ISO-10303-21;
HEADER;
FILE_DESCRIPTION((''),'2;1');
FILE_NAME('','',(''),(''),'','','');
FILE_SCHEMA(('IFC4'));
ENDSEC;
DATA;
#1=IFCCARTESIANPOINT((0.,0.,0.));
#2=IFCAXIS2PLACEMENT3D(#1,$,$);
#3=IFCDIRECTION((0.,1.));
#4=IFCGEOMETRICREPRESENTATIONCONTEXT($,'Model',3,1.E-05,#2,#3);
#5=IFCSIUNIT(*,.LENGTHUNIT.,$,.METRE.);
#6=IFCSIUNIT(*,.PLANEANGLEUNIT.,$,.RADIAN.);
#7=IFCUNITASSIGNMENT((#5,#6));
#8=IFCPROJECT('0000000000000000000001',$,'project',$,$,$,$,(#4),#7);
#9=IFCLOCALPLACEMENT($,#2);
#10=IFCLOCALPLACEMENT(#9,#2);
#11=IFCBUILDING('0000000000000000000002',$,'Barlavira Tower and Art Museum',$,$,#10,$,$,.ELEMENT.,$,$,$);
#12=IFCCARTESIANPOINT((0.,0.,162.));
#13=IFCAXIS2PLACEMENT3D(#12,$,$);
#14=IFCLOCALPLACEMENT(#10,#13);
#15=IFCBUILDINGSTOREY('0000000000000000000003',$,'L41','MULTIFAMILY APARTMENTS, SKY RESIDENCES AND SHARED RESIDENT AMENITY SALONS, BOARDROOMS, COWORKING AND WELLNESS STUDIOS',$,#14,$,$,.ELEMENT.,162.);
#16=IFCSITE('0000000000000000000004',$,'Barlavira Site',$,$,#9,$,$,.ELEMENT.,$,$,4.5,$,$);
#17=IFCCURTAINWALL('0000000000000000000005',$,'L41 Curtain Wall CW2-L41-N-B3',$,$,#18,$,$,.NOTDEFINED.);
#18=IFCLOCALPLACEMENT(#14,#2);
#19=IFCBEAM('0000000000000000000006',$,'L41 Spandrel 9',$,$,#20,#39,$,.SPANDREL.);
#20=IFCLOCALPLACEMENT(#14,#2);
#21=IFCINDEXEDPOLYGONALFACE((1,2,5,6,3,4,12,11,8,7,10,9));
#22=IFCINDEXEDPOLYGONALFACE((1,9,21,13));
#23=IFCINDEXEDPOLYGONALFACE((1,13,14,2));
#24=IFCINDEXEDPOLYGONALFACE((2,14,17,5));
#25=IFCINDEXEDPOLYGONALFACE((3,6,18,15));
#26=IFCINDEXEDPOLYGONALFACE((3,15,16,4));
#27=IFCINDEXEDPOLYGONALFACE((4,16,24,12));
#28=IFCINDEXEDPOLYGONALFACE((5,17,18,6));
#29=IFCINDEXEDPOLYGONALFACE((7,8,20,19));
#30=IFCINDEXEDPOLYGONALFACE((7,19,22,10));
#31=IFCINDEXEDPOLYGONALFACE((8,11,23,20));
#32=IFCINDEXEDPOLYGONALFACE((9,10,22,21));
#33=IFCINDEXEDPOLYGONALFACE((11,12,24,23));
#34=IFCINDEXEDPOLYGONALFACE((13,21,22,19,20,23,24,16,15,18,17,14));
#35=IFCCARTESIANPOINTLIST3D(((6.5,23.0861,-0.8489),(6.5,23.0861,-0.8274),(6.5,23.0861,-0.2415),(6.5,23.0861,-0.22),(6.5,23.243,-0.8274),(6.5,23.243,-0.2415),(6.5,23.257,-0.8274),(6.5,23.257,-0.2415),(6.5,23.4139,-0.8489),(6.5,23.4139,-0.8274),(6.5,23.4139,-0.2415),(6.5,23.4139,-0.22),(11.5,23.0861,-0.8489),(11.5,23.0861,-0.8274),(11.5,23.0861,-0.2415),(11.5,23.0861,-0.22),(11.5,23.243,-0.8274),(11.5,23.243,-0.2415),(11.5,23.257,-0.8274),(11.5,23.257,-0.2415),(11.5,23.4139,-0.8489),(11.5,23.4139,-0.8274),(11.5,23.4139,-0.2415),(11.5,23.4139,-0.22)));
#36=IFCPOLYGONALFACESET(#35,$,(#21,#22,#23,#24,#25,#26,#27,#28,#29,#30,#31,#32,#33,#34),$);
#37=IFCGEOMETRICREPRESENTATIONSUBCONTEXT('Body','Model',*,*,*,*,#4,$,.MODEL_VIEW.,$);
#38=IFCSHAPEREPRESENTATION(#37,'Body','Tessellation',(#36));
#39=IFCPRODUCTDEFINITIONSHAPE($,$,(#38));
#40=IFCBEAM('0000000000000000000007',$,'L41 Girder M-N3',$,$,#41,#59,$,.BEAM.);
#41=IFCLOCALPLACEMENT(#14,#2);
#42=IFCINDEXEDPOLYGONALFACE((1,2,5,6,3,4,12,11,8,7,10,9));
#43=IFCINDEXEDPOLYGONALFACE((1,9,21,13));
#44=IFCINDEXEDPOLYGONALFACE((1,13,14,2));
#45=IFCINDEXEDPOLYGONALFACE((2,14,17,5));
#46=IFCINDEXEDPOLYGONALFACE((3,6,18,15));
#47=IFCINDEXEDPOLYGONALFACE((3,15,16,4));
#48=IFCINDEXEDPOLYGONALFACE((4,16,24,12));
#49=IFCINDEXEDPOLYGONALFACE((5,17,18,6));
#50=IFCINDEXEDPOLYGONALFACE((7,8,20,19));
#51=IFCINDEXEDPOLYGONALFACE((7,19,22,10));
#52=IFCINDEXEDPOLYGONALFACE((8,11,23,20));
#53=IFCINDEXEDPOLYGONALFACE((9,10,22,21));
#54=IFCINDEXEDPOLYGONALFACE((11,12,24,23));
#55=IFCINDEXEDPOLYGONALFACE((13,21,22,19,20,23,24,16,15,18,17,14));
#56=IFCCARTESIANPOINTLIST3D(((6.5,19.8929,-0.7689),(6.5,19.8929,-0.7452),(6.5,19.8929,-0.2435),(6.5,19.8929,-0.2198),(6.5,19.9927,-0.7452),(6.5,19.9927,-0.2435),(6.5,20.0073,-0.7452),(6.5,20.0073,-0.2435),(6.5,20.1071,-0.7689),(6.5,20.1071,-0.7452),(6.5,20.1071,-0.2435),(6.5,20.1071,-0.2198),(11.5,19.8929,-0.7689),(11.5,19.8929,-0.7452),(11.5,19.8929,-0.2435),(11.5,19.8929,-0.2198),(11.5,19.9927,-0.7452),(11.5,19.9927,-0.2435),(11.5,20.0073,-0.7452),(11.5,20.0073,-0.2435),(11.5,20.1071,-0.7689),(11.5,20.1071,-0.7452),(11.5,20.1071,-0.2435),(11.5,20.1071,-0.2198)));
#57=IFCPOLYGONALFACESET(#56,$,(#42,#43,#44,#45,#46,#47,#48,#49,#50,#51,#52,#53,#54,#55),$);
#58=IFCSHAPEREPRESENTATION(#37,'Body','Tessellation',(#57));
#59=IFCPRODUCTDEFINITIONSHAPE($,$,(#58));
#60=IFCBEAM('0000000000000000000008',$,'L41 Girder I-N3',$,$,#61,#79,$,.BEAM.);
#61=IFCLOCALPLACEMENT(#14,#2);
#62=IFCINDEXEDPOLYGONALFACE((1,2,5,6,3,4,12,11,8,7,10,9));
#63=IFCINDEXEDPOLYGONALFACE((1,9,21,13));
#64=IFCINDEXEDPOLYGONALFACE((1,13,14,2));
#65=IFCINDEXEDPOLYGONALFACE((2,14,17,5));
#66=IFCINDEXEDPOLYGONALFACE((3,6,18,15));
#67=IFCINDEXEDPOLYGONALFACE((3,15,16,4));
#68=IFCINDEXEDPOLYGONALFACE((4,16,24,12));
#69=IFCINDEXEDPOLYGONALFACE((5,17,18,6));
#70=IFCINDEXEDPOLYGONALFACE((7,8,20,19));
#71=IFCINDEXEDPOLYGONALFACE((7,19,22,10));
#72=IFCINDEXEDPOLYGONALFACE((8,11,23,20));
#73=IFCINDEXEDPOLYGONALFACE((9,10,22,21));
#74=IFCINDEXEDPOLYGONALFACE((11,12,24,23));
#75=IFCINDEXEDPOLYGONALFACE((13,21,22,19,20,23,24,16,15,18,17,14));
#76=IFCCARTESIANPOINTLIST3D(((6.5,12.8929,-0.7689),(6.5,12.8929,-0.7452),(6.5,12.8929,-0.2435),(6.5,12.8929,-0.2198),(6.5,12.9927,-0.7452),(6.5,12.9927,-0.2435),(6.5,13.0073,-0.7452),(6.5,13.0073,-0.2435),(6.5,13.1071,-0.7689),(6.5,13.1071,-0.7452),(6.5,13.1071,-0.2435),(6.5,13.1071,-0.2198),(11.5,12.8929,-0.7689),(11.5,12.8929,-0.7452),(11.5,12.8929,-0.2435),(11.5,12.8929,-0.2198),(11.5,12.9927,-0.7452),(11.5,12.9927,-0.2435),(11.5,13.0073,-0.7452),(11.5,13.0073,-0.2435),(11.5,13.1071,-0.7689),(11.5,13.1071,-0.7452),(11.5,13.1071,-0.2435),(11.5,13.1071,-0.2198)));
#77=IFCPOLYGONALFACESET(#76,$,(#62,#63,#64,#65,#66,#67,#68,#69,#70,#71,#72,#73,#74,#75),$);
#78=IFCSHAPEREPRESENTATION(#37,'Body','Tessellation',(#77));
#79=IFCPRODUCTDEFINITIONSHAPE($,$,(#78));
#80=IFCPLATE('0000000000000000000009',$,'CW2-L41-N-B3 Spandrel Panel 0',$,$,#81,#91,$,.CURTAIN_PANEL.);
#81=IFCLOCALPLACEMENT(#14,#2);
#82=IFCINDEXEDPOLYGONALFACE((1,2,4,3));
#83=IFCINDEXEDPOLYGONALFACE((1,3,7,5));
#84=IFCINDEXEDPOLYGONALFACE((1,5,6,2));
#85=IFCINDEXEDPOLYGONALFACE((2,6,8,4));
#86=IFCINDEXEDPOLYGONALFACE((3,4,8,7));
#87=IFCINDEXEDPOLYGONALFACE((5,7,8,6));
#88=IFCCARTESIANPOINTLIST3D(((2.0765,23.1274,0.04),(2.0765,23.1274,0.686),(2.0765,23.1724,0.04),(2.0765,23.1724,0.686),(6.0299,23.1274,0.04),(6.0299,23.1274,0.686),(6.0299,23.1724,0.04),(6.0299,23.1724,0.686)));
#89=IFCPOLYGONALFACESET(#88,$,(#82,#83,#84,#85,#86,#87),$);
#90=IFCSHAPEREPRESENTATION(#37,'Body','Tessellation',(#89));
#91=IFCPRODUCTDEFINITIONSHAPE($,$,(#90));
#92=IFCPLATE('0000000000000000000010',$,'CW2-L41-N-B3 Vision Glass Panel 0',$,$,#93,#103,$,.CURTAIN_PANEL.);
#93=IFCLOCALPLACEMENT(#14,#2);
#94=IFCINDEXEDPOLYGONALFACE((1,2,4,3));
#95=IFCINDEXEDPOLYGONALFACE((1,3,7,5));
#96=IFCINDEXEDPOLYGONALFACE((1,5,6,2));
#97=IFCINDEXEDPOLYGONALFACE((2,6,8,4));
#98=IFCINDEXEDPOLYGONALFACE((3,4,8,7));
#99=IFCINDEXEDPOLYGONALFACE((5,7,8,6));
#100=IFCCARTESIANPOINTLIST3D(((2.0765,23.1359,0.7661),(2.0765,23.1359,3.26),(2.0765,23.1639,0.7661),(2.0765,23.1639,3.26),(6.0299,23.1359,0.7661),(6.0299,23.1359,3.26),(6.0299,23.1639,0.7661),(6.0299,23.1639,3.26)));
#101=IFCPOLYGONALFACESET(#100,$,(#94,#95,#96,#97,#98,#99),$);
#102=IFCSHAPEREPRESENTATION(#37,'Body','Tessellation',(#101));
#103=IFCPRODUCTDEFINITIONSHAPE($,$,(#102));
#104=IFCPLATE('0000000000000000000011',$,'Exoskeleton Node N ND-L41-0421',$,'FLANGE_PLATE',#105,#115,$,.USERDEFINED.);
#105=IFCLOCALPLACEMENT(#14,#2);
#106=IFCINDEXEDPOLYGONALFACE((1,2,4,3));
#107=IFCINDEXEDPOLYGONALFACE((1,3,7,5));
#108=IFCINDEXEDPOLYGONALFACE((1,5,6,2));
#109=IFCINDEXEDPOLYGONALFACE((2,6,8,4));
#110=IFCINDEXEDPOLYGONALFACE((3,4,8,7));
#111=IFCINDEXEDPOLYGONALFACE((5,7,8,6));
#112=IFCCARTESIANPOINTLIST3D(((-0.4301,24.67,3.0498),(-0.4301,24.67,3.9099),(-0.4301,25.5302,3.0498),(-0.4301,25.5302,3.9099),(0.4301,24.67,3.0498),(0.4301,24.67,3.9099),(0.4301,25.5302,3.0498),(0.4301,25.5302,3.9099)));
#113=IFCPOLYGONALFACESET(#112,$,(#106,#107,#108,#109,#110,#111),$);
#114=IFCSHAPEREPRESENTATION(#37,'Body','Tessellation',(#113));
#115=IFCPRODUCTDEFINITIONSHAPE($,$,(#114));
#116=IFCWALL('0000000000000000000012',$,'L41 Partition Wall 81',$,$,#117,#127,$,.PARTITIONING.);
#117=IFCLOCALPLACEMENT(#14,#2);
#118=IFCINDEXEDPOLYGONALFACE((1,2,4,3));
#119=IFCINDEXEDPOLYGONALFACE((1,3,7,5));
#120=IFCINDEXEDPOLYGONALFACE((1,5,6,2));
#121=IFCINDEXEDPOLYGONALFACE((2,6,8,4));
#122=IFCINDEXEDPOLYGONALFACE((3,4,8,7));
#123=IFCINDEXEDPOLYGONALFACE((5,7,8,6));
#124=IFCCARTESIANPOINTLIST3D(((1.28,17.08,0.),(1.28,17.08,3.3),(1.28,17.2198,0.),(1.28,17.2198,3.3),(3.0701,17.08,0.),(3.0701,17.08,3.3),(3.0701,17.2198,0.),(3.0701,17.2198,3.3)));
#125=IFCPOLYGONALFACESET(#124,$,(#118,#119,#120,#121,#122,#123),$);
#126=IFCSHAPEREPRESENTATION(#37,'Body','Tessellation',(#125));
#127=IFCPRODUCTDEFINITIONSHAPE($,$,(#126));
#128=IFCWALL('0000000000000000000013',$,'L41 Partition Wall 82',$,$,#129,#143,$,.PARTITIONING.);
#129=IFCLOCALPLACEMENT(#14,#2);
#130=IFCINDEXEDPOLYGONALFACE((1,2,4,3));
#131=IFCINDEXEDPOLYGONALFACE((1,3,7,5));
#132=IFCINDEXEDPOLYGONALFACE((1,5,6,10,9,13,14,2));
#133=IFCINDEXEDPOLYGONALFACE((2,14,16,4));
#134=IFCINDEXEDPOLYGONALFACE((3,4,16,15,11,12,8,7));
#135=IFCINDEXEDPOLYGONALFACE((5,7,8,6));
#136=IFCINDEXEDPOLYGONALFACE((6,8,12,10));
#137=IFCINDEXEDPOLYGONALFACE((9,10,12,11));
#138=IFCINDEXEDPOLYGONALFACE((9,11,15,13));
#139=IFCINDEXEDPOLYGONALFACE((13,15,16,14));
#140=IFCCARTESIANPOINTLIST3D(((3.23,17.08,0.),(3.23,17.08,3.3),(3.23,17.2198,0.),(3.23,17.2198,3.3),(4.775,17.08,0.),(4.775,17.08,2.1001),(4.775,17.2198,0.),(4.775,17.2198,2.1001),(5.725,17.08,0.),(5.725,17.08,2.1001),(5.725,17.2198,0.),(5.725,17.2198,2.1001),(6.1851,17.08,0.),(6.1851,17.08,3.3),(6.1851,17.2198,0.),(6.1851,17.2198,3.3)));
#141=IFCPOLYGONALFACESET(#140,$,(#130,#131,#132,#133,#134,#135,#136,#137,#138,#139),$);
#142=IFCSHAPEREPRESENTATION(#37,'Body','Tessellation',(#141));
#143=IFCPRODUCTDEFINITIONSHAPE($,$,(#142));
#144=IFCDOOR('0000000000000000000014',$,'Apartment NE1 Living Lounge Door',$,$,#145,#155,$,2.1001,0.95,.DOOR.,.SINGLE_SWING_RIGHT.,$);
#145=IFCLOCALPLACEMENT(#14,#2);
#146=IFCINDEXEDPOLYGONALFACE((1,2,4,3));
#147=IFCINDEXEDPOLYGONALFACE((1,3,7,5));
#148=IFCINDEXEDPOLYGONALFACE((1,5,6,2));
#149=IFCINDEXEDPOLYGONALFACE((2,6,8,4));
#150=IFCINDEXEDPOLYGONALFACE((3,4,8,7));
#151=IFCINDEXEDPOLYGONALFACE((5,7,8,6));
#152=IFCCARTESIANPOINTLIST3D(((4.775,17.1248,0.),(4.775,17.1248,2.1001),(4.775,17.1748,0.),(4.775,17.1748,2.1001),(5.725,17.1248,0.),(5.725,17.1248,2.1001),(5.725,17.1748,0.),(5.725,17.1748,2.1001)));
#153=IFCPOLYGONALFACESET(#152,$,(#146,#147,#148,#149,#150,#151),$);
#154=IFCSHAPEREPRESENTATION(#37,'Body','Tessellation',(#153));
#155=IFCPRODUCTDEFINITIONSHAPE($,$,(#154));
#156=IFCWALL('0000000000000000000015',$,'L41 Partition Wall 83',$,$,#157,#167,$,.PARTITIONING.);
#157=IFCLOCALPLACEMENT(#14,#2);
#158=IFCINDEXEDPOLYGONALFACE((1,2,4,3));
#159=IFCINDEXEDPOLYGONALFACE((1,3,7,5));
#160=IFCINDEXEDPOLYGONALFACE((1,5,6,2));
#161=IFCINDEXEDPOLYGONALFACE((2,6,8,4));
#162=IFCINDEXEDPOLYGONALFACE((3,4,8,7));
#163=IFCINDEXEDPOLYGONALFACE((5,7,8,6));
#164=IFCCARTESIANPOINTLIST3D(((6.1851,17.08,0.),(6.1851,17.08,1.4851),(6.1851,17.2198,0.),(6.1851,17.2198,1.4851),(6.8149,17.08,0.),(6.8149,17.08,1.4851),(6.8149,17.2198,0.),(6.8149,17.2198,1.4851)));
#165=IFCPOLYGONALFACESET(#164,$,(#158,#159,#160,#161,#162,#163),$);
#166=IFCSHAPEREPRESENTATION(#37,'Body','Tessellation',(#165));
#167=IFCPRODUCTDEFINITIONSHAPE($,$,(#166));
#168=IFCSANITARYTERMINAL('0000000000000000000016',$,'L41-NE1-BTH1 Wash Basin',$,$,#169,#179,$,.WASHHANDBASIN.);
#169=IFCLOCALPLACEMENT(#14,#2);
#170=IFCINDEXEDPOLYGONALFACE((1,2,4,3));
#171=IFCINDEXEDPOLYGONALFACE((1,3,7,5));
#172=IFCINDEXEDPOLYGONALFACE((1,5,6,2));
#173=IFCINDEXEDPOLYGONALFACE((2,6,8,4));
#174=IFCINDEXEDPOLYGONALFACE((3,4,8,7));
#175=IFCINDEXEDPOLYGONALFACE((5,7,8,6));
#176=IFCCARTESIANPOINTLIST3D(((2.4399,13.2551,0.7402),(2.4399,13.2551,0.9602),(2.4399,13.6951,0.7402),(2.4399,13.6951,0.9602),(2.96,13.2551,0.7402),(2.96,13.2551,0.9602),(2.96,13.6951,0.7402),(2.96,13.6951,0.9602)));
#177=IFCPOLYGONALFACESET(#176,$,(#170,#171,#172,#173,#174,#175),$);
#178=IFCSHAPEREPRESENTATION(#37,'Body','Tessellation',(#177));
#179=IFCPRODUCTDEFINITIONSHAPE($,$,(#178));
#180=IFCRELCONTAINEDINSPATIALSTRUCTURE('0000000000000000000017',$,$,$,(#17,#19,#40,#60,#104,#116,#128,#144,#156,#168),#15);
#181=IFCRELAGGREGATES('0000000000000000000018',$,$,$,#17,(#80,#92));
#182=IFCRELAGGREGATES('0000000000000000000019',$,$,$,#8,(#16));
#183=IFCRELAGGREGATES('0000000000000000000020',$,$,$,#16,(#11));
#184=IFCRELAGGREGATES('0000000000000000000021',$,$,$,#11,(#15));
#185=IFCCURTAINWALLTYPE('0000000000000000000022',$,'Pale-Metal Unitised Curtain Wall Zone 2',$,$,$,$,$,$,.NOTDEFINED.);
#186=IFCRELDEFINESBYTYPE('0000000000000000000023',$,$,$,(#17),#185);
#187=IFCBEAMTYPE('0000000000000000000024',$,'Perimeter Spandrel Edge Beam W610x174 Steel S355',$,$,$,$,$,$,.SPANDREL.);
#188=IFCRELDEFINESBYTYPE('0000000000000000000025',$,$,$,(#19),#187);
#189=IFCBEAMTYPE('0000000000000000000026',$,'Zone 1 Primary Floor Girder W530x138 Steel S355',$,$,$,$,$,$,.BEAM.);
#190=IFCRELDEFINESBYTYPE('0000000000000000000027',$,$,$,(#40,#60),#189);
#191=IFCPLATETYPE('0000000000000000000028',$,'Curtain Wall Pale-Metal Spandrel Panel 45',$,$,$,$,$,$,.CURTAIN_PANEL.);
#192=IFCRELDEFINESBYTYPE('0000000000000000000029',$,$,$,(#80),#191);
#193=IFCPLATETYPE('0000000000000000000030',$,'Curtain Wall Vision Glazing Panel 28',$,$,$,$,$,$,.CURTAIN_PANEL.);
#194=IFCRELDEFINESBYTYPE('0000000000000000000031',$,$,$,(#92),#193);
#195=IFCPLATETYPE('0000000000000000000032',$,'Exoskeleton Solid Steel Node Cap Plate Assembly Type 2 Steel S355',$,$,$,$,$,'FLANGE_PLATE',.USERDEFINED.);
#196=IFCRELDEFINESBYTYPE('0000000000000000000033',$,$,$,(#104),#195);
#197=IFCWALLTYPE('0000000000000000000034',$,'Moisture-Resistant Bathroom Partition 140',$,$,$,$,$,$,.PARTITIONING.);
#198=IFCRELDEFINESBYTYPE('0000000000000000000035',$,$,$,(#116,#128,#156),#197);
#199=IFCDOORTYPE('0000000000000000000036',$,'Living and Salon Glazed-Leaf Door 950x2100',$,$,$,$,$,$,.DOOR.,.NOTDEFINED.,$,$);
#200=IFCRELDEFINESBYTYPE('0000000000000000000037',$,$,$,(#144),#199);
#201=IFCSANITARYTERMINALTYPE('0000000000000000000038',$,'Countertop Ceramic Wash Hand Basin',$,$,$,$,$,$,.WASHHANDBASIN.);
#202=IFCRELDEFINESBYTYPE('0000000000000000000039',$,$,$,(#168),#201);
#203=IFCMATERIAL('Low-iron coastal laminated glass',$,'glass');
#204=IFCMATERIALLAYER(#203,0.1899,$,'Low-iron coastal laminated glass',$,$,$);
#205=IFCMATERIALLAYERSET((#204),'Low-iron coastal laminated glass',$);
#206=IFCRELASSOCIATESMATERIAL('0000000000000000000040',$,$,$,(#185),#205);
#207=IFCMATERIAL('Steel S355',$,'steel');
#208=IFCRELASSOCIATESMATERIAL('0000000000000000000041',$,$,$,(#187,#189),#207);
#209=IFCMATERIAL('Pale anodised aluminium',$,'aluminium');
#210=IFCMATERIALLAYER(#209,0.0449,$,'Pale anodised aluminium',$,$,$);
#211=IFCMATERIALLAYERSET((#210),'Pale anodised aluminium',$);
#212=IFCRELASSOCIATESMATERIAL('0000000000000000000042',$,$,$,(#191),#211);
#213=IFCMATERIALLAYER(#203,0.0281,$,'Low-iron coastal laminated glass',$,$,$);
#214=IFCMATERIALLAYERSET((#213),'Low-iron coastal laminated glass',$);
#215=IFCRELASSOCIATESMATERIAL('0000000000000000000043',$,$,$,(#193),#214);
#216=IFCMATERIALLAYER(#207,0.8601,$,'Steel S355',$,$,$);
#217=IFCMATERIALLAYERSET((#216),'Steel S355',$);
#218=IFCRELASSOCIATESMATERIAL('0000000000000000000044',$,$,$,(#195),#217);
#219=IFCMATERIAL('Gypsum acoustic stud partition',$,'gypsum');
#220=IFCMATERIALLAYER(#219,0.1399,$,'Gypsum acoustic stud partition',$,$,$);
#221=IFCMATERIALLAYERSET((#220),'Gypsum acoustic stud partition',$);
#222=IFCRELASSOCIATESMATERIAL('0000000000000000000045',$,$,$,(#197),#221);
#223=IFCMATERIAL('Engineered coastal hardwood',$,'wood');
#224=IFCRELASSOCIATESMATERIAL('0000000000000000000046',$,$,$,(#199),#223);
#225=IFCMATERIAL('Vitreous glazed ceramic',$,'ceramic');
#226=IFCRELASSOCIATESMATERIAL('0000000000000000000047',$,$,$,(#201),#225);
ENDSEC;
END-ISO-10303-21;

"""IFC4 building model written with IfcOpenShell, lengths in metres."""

from ifc_helpers import new_model, si_unit, direction, frame, frame_2d, origin, origin_2d, place, context, subcontext, project, spatial, rectangle, i_section, extrude, material, layer, layer_set, material_profile, profile_set, type_object, element, fill, aggregate, save


model = new_model("IFC4")

# Units and contexts
model_context = context("Model", 3, precision=1e-05, world=origin(), true_north=direction((0.0, 1.0)))
body_context = subcontext(model_context, "Body", "Model", "MODEL_VIEW")
ifc_project = project(units=[si_unit("LENGTHUNIT", "METRE"), si_unit("PLANEANGLEUNIT", "RADIAN")], contexts=[model_context])

# Site, building, storey
site_placement = place(None, origin())
site = spatial("IfcSite", under=ifc_project, at=site_placement, Name="Barlavira Site", CompositionType="ELEMENT", RefElevation=4.5)
building_placement = place(site_placement, origin())
building = spatial("IfcBuilding", under=site, at=building_placement, Name="Barlavira Tower and Art Museum", CompositionType="ELEMENT")
storey_placement = place(building_placement, frame((0.0, 0.0, 162.0)))
storey = spatial("IfcBuildingStorey", under=building, at=storey_placement, Name="L41", Description="MULTIFAMILY APARTMENTS, SKY RESIDENCES AND SHARED RESIDENT AMENITY SALONS, BOARDROOMS, COWORKING AND WELLNESS STUDIOS", CompositionType="ELEMENT", Elevation=162.0)

# Curtain wall
ifc_material_1 = material(Name="Low-iron coastal laminated glass", Category="glass")
ifc_layer_1 = layer(ifc_material_1, 0.1899, Name="Low-iron coastal laminated glass")
ifc_layer_set_1 = layer_set([ifc_layer_1], Name="Low-iron coastal laminated glass")
curtain_wall_type = type_object("IfcCurtainWallType", Name="Pale-Metal Unitised Curtain Wall Zone 2", PredefinedType="NOTDEFINED", material=ifc_layer_set_1)
curtain_wall_placement = place(storey_placement, origin())
curtain_wall = element("IfcCurtainWall", 1, at=curtain_wall_placement, inside=storey, type_object=curtain_wall_type, Name="L41 Curtain Wall CW2-L41-N-B3", PredefinedType="NOTDEFINED")
ifc_material_2 = material(Name="Pale anodised aluminium", Category="aluminium")

# Shared definitions
ifc_material_3 = material(Name="Steel S355", Category="steel")

# Beams
ifc_material_profile_1 = material_profile(ifc_material_3, i_section(OverallWidth=0.3279, OverallDepth=0.6289, WebThickness=0.0139, FlangeThickness=0.0215, at=origin_2d()), Name="W610x174.0")
ifc_profile_set_1 = profile_set([ifc_material_profile_1], Name="Steel S355")
beam_type_1 = type_object("IfcBeamType", Name="Perimeter Spandrel Edge Beam W610x174 Steel S355", PredefinedType="SPANDREL", material=ifc_profile_set_1)
beam_placement = place(storey_placement, frame((6.5, 23.25, -0.5344), z_axis=(1.0, 0.0, 0.0), x_axis=(0.0, 1.0, 0.0)))
element("IfcBeam", 2, at=beam_placement, inside=storey, type_object=beam_type_1, Name="L41 Spandrel 9", PredefinedType="SPANDREL", context=body_context, shape_type="SweptSolid", body=[
    extrude(i_section(OverallWidth=0.3279, OverallDepth=0.6289, WebThickness=0.0139, FlangeThickness=0.0215, at=origin_2d()), origin(), (0.0, 0.0, 1.0), 5.0),
])
ifc_material_profile_2 = material_profile(ifc_material_3, i_section(OverallWidth=0.2141, OverallDepth=0.5491, WebThickness=0.0146, FlangeThickness=0.0237, at=origin_2d()), Name="W530x138.0")
ifc_profile_set_2 = profile_set([ifc_material_profile_2], Name="Steel S355")
beam_type_2 = type_object("IfcBeamType", Name="Zone 1 Primary Floor Girder W530x138 Steel S355", PredefinedType="BEAM", material=ifc_profile_set_2)
for number, where, z_axis, x_axis, name in (
    (3, (6.5, 20.0, -0.4944), (1.0, 0.0, 0.0), (0.0, 1.0, 0.0), "L41 Girder M-N3"),
    (4, (6.5, 13.0, -0.4944), (1.0, 0.0, 0.0), (0.0, 1.0, 0.0), "L41 Girder I-N3"),
):
    element("IfcBeam", number, at=place(storey_placement, frame(where, z_axis=z_axis, x_axis=x_axis)), inside=storey, type_object=beam_type_2, Name=name, PredefinedType="BEAM", context=body_context, shape_type="SweptSolid", body=[
        extrude(i_section(OverallWidth=0.2141, OverallDepth=0.5491, WebThickness=0.0146, FlangeThickness=0.0237, at=origin_2d()), origin(), (0.0, 0.0, 1.0), 5.0),
    ])

# Plates
ifc_layer_2 = layer(ifc_material_2, 0.0449, Name="Pale anodised aluminium")
ifc_layer_set_2 = layer_set([ifc_layer_2], Name="Pale anodised aluminium")
plate_type_1 = type_object("IfcPlateType", Name="Curtain Wall Pale-Metal Spandrel Panel 45", PredefinedType="CURTAIN_PANEL", material=ifc_layer_set_2)
plate_1_placement = place(storey_placement, frame((4.0532, 23.1499, 0.04), z_axis=(0.0, 0.0, 1.0), x_axis=(-1.0, 0.0, 0.0)))
plate_1 = element("IfcPlate", 5, at=plate_1_placement, type_object=plate_type_1, Name="CW2-L41-N-B3 Spandrel Panel 0", PredefinedType="CURTAIN_PANEL", context=body_context, shape_type="SweptSolid", body=[
    extrude(rectangle(XDim=3.9534, YDim=0.0449, at=origin_2d()), origin(), (0.0, 0.0, 1.0), 0.646),
])
ifc_layer_3 = layer(ifc_material_1, 0.0281, Name="Low-iron coastal laminated glass")
ifc_layer_set_3 = layer_set([ifc_layer_3], Name="Low-iron coastal laminated glass")
plate_type_2 = type_object("IfcPlateType", Name="Curtain Wall Vision Glazing Panel 28", PredefinedType="CURTAIN_PANEL", material=ifc_layer_set_3)
plate_2_placement = place(storey_placement, frame((4.0532, 23.1499, 0.7661), z_axis=(0.0, 0.0, 1.0), x_axis=(-1.0, 0.0, 0.0)))
plate_2 = element("IfcPlate", 6, at=plate_2_placement, type_object=plate_type_2, Name="CW2-L41-N-B3 Vision Glass Panel 0", PredefinedType="CURTAIN_PANEL", context=body_context, shape_type="SweptSolid", body=[
    extrude(rectangle(XDim=3.9534, YDim=0.0281, at=origin_2d()), origin(), (0.0, 0.0, 1.0), 2.4939),
])
aggregate(curtain_wall, [plate_1, plate_2])
ifc_layer_4 = layer(ifc_material_3, 0.8601, Name="Steel S355")
ifc_layer_set_4 = layer_set([ifc_layer_4], Name="Steel S355")
plate_type_3 = type_object("IfcPlateType", Name="Exoskeleton Solid Steel Node Cap Plate Assembly Type 2 Steel S355", ElementType="FLANGE_PLATE", PredefinedType="USERDEFINED", material=ifc_layer_set_4)
plate_3_placement = place(storey_placement, frame((0.0, 25.1001, 3.0498), z_axis=(0.0, 0.0, 1.0), x_axis=(1.0, 0.0, 0.0)))
element("IfcPlate", 7, at=plate_3_placement, inside=storey, type_object=plate_type_3, Name="Exoskeleton Node N ND-L41-0421", ObjectType="FLANGE_PLATE", PredefinedType="USERDEFINED", context=body_context, shape_type="SweptSolid", body=[
    extrude(rectangle(XDim=0.8601, YDim=0.8601, at=origin_2d()), origin(), (0.0, 0.0, 1.0), 0.8601),
])

# Wall
ifc_material_4 = material(Name="Gypsum acoustic stud partition", Category="gypsum")
ifc_layer_5 = layer(ifc_material_4, 0.1399, Name="Gypsum acoustic stud partition")
ifc_layer_set_5 = layer_set([ifc_layer_5], Name="Gypsum acoustic stud partition")
wall_type = type_object("IfcWallType", Name="Moisture-Resistant Bathroom Partition 140", PredefinedType="PARTITIONING", material=ifc_layer_set_5)
wall_1_placement = place(storey_placement, frame((1.28, 17.1499, 0.0), z_axis=(0.0, 0.0, 1.0), x_axis=(1.0, 0.0, 0.0)))
element("IfcWall", 8, at=wall_1_placement, inside=storey, type_object=wall_type, Name="L41 Partition Wall 81", PredefinedType="PARTITIONING", context=body_context, shape_type="SweptSolid", body=[
    extrude(rectangle(XDim=1.79, YDim=0.1399, at=frame_2d((0.895, 0.0))), origin(), (0.0, 0.0, 1.0), 3.3),
])

# Wall, opening, door
wall_2_placement = place(storey_placement, frame((3.23, 17.1499, 0.0), z_axis=(0.0, 0.0, 1.0), x_axis=(1.0, 0.0, 0.0)))
wall_2 = element("IfcWall", 9, at=wall_2_placement, inside=storey, type_object=wall_type, Name="L41 Partition Wall 82", PredefinedType="PARTITIONING", context=body_context, shape_type="SweptSolid", body=[
    extrude(rectangle(XDim=2.9551, YDim=0.1399, at=frame_2d((1.4775, 0.0))), origin(), (0.0, 0.0, 1.0), 3.3),
])
opening_placement = place(wall_2_placement, frame((1.5449, 0.0, 0.0)))
opening = element("IfcOpeningElement", 10, at=opening_placement, cuts=wall_2, PredefinedType="OPENING", context=body_context, shape_type="SweptSolid", body=[
    extrude(rectangle(XDim=0.95, YDim=2.1001, at=frame_2d((0.4751, 1.05))), frame((0.0, 0.0801, 0.0), z_axis=(0.0, -1.0, 0.0), x_axis=(1.0, 0.0, 0.0)), (0.0, 0.0, 1.0), 0.1599),
])
ifc_material_5 = material(Name="Engineered coastal hardwood", Category="wood")
door_type = type_object("IfcDoorType", Name="Living and Salon Glazed-Leaf Door 950x2100", OperationType="NOTDEFINED", PredefinedType="DOOR", material=ifc_material_5)
door_placement = place(opening_placement, origin())
door = element("IfcDoor", 11, at=door_placement, inside=storey, type_object=door_type, Name="Apartment NE1 Living Lounge Door", OperationType="SINGLE_SWING_RIGHT", OverallHeight=2.1001, OverallWidth=0.95, PredefinedType="DOOR", context=body_context, shape_type="SweptSolid", body=[
    extrude(rectangle(XDim=0.95, YDim=2.1001, at=frame_2d((0.4751, 1.05))), frame((0.0, 0.0249, 0.0), z_axis=(0.0, -1.0, 0.0), x_axis=(1.0, 0.0, 0.0)), (0.0, 0.0, 1.0), 0.05),
])
fill(opening, door)

# Wall
wall_3_placement = place(storey_placement, frame((6.1851, 17.1499, 0.0), z_axis=(0.0, 0.0, 1.0), x_axis=(1.0, 0.0, 0.0)))
element("IfcWall", 12, at=wall_3_placement, inside=storey, type_object=wall_type, Name="L41 Partition Wall 83", PredefinedType="PARTITIONING", context=body_context, shape_type="SweptSolid", body=[
    extrude(rectangle(XDim=0.6299, YDim=0.1399, at=frame_2d((0.3149, 0.0))), origin(), (0.0, 0.0, 1.0), 1.4851),
])

# Sanitary terminal
ifc_material_6 = material(Name="Vitreous glazed ceramic", Category="ceramic")
sanitary_terminal_type_1 = type_object("IfcSanitaryTerminalType", Name="Countertop Ceramic Wash Hand Basin", PredefinedType="WASHHANDBASIN", material=ifc_material_6)
sanitary_terminal_1_placement = place(storey_placement, frame((2.7, 13.4751, 0.7402), z_axis=(0.0, 0.0, 1.0), x_axis=(1.0, 0.0, 0.0)))
element("IfcSanitaryTerminal", 13, at=sanitary_terminal_1_placement, inside=storey, type_object=sanitary_terminal_type_1, Name="L41-NE1-BTH1 Wash Basin", PredefinedType="WASHHANDBASIN", context=body_context, shape_type="SweptSolid", body=[
    extrude(rectangle(XDim=0.52, YDim=0.4399, at=origin_2d()), origin(), (0.0, 0.0, 1.0), 0.22),
])

save(model, "model.ifc")
